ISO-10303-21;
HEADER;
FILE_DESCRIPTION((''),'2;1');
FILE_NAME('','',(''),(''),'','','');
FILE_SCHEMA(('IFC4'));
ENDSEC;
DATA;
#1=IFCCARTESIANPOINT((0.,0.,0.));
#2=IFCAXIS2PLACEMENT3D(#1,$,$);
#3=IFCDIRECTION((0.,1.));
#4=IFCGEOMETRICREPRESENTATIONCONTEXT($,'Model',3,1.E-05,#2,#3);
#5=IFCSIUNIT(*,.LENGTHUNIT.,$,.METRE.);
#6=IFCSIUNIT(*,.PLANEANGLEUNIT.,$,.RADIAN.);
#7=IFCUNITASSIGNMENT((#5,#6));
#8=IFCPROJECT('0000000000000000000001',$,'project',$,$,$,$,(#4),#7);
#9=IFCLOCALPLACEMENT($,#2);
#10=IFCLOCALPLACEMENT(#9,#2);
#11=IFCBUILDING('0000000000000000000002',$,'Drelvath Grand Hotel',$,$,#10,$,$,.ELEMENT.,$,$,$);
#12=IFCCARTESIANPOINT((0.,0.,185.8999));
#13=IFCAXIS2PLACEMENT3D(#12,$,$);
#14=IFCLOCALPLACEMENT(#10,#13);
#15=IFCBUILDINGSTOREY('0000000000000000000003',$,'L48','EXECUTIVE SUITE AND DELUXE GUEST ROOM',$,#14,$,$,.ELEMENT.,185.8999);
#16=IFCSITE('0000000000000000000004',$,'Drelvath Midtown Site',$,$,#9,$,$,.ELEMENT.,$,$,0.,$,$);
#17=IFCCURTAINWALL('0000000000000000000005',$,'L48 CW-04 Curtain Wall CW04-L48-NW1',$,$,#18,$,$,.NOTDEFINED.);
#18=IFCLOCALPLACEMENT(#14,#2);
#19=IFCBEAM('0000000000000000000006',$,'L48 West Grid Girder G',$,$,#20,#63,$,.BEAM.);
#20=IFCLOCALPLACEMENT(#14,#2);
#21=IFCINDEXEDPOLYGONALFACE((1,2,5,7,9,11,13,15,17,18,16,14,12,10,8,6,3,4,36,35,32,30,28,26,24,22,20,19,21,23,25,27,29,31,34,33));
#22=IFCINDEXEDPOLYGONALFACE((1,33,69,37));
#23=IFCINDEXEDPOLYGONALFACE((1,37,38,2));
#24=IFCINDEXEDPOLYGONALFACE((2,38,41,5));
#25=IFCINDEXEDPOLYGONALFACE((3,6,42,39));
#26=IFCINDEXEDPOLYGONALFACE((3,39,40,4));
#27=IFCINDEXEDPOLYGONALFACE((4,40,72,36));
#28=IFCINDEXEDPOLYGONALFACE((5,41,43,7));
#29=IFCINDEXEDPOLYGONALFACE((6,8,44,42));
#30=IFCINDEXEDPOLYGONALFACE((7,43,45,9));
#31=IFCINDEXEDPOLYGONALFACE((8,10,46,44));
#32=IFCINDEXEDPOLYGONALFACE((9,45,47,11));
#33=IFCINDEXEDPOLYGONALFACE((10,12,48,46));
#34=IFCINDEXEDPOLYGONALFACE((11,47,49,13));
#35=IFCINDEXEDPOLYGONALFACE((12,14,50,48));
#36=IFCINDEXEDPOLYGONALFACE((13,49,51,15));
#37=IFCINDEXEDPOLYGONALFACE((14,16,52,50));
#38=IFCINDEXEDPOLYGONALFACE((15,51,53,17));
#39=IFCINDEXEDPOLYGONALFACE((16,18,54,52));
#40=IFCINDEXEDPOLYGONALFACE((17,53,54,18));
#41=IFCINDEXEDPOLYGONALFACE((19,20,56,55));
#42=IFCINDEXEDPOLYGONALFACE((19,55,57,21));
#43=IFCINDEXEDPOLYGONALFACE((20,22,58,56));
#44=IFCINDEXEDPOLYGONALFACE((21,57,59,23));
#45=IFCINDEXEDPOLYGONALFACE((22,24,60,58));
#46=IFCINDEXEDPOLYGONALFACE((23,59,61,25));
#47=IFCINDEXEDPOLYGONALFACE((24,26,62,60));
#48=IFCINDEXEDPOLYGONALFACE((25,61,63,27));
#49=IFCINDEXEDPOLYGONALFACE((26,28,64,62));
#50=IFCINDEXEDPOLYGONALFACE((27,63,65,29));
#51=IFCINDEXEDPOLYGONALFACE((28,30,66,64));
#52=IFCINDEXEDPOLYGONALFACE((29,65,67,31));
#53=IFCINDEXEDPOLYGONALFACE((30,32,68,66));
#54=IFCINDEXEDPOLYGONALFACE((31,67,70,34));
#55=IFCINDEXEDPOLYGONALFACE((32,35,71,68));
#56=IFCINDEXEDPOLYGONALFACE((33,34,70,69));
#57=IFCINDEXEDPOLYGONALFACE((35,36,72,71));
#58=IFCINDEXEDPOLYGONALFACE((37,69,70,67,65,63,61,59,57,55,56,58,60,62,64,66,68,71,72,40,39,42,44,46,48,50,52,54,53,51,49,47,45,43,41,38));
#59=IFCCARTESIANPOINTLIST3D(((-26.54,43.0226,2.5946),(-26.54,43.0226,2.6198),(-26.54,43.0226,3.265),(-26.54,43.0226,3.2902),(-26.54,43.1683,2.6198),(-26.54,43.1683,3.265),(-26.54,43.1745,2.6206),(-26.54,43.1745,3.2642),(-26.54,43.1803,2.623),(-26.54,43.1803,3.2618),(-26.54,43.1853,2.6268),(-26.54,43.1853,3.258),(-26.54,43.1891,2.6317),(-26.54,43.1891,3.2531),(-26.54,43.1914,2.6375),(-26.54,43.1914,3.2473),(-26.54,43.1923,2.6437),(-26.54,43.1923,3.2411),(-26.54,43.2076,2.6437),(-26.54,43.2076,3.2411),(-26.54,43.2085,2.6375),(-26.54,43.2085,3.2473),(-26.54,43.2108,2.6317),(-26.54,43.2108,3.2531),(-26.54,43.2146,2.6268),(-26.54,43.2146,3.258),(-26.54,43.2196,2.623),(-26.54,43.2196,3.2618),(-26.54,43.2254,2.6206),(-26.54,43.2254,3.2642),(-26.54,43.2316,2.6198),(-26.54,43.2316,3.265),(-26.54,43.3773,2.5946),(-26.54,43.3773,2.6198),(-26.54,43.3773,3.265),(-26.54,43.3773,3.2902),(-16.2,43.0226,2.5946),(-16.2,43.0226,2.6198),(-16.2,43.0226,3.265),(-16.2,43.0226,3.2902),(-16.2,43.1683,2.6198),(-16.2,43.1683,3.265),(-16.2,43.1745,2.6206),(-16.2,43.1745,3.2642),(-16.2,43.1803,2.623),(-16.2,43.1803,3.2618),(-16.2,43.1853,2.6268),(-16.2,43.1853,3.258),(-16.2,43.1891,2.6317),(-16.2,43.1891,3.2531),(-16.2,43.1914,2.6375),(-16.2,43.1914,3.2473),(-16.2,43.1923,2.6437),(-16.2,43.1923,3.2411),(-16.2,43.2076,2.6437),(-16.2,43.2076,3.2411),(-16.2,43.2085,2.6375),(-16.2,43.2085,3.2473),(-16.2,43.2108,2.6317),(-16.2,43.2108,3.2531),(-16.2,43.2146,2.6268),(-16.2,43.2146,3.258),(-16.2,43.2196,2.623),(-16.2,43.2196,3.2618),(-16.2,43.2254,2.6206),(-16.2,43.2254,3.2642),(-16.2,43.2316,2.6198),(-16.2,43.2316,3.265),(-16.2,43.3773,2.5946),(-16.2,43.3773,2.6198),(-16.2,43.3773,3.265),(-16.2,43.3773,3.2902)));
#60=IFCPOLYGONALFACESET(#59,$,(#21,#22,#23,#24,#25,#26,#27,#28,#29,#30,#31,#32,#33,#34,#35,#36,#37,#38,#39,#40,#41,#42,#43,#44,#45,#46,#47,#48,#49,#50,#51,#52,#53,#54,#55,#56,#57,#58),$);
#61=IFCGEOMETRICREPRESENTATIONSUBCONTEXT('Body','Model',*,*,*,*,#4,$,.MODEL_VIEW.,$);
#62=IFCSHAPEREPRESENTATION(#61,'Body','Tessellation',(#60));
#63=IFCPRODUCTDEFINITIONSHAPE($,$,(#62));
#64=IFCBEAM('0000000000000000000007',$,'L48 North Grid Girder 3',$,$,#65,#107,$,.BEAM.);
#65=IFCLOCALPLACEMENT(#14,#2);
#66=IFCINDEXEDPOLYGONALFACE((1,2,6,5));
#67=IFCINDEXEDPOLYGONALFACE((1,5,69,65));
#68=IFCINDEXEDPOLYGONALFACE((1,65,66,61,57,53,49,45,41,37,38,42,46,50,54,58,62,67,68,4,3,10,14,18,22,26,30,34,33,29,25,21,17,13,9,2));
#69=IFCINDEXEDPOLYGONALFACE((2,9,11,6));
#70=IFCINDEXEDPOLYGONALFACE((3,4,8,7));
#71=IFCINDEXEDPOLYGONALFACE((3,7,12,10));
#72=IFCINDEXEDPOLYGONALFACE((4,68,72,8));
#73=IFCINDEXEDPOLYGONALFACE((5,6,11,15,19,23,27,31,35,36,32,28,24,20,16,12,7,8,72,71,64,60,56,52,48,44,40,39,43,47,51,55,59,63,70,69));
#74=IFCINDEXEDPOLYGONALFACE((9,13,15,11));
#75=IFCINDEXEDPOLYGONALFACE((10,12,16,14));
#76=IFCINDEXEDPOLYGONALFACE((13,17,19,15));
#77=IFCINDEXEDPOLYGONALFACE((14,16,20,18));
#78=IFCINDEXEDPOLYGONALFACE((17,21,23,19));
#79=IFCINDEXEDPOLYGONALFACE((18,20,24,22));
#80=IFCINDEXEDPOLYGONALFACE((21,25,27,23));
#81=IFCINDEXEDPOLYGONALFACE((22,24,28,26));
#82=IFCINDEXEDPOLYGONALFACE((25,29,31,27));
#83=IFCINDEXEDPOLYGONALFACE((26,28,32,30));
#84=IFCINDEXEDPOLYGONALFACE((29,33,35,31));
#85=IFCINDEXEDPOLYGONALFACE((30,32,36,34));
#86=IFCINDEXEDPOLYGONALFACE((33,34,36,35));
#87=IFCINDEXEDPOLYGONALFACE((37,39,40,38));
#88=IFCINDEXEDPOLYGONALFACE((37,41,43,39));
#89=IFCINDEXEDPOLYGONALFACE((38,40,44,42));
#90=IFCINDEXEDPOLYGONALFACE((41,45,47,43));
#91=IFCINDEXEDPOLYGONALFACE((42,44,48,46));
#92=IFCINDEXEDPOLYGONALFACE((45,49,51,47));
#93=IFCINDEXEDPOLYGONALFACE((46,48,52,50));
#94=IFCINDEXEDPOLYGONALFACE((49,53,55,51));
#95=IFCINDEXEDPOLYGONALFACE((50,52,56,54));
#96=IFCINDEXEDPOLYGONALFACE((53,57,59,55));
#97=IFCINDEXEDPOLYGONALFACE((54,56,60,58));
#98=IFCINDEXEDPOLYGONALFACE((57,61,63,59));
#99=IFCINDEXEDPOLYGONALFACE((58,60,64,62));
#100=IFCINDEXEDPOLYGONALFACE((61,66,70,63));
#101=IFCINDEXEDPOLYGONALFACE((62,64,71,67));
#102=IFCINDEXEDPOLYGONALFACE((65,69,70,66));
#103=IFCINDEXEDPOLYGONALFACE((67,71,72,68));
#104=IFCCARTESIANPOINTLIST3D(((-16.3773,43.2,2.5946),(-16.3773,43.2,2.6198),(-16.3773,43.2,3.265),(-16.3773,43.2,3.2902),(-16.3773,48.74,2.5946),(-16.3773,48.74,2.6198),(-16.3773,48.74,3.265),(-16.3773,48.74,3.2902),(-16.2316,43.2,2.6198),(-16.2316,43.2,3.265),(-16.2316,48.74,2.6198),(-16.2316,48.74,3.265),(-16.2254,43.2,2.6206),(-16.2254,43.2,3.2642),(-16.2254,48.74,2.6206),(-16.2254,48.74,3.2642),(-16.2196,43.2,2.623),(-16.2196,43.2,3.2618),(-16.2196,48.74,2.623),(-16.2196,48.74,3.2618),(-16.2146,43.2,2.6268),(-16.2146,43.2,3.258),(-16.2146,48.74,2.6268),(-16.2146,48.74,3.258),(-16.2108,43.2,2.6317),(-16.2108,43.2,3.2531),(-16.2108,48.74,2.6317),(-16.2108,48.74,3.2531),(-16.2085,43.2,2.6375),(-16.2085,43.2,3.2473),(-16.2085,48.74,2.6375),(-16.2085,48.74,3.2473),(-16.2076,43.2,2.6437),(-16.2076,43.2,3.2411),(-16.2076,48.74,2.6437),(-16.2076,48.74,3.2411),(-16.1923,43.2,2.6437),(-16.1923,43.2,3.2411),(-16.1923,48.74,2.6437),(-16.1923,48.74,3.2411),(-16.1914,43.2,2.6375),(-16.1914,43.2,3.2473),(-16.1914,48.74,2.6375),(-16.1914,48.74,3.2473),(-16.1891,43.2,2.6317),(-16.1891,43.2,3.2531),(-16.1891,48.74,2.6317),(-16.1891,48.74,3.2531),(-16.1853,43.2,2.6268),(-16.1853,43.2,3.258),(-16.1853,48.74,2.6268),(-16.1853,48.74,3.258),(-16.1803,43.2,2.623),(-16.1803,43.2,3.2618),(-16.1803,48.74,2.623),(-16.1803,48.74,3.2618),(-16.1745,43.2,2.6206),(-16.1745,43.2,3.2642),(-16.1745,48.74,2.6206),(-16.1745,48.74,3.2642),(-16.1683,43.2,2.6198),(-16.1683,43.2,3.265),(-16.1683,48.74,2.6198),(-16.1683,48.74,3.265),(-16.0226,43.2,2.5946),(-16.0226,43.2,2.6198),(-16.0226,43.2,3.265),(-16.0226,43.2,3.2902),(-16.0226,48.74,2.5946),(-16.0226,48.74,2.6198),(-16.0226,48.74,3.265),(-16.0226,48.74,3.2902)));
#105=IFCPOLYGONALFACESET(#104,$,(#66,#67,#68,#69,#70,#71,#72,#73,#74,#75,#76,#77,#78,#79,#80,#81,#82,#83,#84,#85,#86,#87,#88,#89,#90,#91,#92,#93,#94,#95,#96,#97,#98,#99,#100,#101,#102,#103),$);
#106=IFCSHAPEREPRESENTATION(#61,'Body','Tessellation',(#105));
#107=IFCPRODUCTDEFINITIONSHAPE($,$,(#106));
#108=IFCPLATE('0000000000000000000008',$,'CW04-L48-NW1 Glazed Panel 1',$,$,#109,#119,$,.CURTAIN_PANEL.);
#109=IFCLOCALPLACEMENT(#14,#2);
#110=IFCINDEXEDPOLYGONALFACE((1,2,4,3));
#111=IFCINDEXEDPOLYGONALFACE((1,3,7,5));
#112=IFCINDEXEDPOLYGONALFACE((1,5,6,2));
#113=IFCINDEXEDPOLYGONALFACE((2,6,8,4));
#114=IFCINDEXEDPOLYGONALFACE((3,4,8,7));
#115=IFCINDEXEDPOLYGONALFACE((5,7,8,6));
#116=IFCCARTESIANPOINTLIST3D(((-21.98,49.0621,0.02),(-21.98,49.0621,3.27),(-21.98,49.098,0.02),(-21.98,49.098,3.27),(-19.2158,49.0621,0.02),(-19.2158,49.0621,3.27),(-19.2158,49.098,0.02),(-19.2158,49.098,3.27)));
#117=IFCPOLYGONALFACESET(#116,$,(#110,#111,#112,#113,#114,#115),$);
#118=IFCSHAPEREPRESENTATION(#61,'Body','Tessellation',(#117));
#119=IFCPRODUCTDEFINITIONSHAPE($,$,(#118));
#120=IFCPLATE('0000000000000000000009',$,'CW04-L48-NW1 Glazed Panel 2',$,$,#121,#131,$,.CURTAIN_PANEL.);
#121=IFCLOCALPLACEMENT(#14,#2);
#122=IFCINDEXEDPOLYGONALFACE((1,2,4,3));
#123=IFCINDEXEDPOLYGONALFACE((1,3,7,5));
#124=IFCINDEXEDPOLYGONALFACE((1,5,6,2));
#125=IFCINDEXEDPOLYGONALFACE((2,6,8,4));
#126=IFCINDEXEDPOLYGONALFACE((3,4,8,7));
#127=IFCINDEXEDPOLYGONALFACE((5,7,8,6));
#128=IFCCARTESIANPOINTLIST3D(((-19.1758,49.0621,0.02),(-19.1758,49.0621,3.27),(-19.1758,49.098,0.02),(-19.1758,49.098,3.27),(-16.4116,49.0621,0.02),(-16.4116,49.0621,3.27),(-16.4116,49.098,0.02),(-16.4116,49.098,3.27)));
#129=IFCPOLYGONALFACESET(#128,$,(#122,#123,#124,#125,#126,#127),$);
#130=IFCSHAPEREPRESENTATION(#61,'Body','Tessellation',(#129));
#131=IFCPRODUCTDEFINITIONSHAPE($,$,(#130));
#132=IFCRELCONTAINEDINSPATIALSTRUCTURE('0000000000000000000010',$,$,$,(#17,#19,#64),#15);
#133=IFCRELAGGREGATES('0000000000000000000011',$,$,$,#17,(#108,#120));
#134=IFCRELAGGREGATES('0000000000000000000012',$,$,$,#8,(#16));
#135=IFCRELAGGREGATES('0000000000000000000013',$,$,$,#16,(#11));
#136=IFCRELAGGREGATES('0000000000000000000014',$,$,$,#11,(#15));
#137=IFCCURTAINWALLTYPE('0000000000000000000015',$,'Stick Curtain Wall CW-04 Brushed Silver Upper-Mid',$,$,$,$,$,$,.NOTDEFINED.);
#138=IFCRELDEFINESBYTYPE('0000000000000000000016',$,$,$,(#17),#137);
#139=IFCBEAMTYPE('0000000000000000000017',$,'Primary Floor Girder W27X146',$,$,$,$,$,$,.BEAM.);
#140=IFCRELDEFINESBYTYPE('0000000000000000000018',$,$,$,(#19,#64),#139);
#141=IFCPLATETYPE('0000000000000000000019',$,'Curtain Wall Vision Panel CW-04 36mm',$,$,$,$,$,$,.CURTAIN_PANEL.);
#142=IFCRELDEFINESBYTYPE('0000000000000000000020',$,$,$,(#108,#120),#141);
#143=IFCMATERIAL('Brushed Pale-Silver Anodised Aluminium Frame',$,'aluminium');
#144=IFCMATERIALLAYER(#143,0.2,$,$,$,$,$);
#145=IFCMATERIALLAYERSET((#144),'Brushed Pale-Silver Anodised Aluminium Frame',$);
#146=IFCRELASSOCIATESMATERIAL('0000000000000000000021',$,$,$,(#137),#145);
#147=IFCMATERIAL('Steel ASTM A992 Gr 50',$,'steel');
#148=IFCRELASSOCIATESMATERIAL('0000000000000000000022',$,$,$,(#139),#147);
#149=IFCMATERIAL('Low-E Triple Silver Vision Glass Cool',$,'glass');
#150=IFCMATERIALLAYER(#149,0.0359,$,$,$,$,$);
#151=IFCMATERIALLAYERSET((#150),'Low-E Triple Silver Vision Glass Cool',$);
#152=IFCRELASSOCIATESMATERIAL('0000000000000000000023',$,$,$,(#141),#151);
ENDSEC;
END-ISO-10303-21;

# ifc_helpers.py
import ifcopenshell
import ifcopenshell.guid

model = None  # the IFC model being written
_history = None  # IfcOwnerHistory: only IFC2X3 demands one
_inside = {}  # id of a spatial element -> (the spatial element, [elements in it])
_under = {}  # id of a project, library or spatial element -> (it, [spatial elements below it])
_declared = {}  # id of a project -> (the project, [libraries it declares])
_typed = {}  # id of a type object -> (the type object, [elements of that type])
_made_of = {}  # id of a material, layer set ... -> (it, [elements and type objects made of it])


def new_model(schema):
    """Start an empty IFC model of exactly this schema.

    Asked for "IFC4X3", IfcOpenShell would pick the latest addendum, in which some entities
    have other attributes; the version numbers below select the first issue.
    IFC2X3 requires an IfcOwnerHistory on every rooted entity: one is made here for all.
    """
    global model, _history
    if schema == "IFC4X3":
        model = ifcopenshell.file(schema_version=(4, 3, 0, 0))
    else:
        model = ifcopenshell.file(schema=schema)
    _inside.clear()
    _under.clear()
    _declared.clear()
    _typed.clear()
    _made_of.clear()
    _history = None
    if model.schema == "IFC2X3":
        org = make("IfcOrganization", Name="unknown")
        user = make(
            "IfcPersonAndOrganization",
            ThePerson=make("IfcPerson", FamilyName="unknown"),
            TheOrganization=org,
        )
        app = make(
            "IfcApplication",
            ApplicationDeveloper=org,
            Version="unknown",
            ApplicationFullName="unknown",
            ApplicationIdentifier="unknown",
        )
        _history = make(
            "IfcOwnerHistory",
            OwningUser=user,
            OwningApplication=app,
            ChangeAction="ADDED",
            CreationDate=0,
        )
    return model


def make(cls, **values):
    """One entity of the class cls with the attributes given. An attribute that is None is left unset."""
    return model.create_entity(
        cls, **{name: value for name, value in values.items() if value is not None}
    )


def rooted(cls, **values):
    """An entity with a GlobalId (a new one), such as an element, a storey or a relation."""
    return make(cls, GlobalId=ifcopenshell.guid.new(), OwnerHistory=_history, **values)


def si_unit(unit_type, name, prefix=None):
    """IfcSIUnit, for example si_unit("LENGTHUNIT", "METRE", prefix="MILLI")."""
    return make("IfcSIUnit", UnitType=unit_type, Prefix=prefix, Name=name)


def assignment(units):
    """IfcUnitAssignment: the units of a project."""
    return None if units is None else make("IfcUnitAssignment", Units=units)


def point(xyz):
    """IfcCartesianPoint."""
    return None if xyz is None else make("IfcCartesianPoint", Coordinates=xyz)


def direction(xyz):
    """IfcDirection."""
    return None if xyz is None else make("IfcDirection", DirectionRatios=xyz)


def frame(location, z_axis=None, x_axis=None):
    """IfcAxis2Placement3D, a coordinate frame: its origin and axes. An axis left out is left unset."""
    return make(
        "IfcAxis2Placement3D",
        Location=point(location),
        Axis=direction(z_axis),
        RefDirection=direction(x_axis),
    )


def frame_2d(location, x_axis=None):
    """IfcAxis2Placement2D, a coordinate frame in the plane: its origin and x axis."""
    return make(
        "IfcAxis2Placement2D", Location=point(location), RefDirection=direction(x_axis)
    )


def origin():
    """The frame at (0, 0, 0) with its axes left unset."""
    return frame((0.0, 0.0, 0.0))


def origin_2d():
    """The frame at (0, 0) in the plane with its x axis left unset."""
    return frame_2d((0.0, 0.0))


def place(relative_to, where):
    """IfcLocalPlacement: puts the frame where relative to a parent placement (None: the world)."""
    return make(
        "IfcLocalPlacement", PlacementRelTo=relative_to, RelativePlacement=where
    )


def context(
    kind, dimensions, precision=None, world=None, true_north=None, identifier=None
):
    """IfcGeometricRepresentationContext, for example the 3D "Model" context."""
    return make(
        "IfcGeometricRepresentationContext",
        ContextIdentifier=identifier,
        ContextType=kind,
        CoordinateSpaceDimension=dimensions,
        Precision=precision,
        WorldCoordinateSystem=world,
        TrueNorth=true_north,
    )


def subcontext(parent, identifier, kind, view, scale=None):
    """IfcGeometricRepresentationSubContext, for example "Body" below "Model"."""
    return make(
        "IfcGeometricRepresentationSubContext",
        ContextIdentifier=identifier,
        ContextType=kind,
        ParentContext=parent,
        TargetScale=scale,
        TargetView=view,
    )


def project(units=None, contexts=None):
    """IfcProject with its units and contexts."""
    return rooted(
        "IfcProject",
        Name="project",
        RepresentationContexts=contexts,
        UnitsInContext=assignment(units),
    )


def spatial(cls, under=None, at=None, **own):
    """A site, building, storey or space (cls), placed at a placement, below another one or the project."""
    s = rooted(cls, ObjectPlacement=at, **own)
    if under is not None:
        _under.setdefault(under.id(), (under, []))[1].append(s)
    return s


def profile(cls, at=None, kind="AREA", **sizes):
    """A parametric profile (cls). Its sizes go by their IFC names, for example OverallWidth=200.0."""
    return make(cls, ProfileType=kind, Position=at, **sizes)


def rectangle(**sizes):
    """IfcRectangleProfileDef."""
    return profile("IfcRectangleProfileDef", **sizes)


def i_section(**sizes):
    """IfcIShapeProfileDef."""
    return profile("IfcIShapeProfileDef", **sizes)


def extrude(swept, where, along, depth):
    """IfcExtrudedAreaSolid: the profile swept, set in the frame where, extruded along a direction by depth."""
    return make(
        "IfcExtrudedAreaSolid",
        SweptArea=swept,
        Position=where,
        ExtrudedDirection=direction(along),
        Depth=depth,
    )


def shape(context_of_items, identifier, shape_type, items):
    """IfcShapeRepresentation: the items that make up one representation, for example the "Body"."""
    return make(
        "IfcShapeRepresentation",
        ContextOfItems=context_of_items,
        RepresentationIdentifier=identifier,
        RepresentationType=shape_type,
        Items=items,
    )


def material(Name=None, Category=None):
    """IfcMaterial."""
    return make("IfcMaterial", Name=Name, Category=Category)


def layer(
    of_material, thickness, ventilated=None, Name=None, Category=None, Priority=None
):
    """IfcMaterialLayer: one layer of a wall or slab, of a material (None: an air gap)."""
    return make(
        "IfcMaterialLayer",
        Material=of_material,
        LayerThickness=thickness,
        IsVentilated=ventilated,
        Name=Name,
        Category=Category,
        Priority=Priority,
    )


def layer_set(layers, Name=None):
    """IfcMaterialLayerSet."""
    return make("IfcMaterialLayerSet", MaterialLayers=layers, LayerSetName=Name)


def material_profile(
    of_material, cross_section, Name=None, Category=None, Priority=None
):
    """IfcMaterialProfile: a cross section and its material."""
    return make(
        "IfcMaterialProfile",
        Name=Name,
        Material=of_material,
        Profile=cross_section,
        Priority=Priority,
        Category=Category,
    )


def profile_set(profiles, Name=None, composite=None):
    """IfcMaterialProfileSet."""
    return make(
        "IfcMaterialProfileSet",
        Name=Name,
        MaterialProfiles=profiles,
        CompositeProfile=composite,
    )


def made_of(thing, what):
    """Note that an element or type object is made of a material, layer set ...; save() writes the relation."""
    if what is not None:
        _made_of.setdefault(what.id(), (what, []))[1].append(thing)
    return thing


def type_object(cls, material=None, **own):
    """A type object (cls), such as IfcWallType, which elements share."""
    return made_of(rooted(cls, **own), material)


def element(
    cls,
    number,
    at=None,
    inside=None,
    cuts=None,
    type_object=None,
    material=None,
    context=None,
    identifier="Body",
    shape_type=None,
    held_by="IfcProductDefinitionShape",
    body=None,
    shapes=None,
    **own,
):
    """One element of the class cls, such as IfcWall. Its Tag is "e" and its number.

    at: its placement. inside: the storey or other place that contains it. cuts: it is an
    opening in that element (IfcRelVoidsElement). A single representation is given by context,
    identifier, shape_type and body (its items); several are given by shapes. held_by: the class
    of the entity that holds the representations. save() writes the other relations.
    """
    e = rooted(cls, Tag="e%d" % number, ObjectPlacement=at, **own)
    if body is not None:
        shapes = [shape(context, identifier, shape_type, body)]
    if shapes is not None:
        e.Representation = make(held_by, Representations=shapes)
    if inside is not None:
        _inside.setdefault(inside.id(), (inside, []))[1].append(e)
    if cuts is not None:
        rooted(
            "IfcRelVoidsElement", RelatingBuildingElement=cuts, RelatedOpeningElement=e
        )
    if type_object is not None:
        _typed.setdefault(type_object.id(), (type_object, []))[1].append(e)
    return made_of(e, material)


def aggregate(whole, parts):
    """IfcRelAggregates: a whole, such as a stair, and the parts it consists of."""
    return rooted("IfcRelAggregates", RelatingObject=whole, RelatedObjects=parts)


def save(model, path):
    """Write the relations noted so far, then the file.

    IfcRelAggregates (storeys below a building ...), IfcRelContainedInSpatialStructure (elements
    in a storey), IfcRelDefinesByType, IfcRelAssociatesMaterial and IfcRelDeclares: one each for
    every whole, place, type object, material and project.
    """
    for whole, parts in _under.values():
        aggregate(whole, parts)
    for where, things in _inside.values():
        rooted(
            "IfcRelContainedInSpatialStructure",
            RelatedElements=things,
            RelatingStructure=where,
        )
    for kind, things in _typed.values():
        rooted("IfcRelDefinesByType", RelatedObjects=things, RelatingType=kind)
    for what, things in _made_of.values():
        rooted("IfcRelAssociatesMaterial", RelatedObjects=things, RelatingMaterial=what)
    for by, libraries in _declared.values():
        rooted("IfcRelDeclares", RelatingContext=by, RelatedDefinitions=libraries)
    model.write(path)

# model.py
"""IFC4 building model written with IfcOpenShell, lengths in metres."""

from ifc_helpers import new_model, si_unit, direction, frame, origin, origin_2d, place, context, subcontext, project, spatial, rectangle, i_section, extrude, material, layer, layer_set, material_profile, profile_set, type_object, element, aggregate, save


model = new_model("IFC4")

# Units and contexts
model_context = context("Model", 3, precision=1e-05, world=origin(), true_north=direction((0.0, 1.0)))
body_context = subcontext(model_context, "Body", "Model", "MODEL_VIEW")
ifc_project = project(units=[si_unit("LENGTHUNIT", "METRE"), si_unit("PLANEANGLEUNIT", "RADIAN")], contexts=[model_context])

# Site, building, storey
site_placement = place(None, origin())
site = spatial("IfcSite", under=ifc_project, at=site_placement, Name="Drelvath Midtown Site", CompositionType="ELEMENT", RefElevation=0.0)
building_placement = place(site_placement, origin())
building = spatial("IfcBuilding", under=site, at=building_placement, Name="Drelvath Grand Hotel", CompositionType="ELEMENT")
storey_placement = place(building_placement, frame((0.0, 0.0, 185.8999)))
storey = spatial("IfcBuildingStorey", under=building, at=storey_placement, Name="L48", Description="EXECUTIVE SUITE AND DELUXE GUEST ROOM", CompositionType="ELEMENT", Elevation=185.8999)

# Shared definitions
ifc_material_1 = material(Name="Steel ASTM A992 Gr 50", Category="steel")

# Curtain wall
ifc_material_2 = material(Name="Brushed Pale-Silver Anodised Aluminium Frame", Category="aluminium")
ifc_layer_1 = layer(ifc_material_2, 0.2)
ifc_layer_set_1 = layer_set([ifc_layer_1], Name="Brushed Pale-Silver Anodised Aluminium Frame")
curtain_wall_type = type_object("IfcCurtainWallType", Name="Stick Curtain Wall CW-04 Brushed Silver Upper-Mid", PredefinedType="NOTDEFINED", material=ifc_layer_set_1)
curtain_wall_placement = place(storey_placement, origin())
curtain_wall = element("IfcCurtainWall", 1, at=curtain_wall_placement, inside=storey, type_object=curtain_wall_type, Name="L48 CW-04 Curtain Wall CW04-L48-NW1", PredefinedType="NOTDEFINED")

# Beams
ifc_material_profile_1 = material_profile(ifc_material_1, i_section(OverallWidth=0.3547, OverallDepth=0.6956, WebThickness=0.0154, FlangeThickness=0.0251, FilletRadius=0.0239, at=origin_2d()), Name="W27X146")
ifc_profile_set_1 = profile_set([ifc_material_profile_1], Name="Steel ASTM A992 Gr 50")
beam_type_1 = type_object("IfcBeamType", Name="Primary Floor Girder W27X146", PredefinedType="BEAM", material=ifc_profile_set_1)
beam_1_placement = place(storey_placement, frame((-26.54, 43.2, 2.9424), z_axis=(1.0, 0.0, 0.0), x_axis=(0.0, 1.0, 0.0)))
element("IfcBeam", 2, at=beam_1_placement, inside=storey, type_object=beam_type_1, Name="L48 West Grid Girder G", PredefinedType="BEAM", context=body_context, shape_type="SweptSolid", body=[
    extrude(i_section(OverallWidth=0.3547, OverallDepth=0.6956, WebThickness=0.0154, FlangeThickness=0.0251, FilletRadius=0.0239, at=origin_2d()), origin(), (0.0, 0.0, 1.0), 10.3401),
])
beam_2_placement = place(storey_placement, frame((-16.2, 43.2, 2.9424), z_axis=(0.0, 1.0, 0.0), x_axis=(-1.0, 0.0, 0.0)))
element("IfcBeam", 3, at=beam_2_placement, inside=storey, type_object=beam_type_1, Name="L48 North Grid Girder 3", PredefinedType="BEAM", context=body_context, shape_type="SweptSolid", body=[
    extrude(i_section(OverallWidth=0.3547, OverallDepth=0.6956, WebThickness=0.0154, FlangeThickness=0.0251, FilletRadius=0.0239, at=origin_2d()), origin(), (0.0, 0.0, 1.0), 5.54),
])

# Plates
ifc_material_3 = material(Name="Low-E Triple Silver Vision Glass Cool", Category="glass")
ifc_layer_2 = layer(ifc_material_3, 0.0359)
ifc_layer_set_2 = layer_set([ifc_layer_2], Name="Low-E Triple Silver Vision Glass Cool")
plate_type = type_object("IfcPlateType", Name="Curtain Wall Vision Panel CW-04 36mm", PredefinedType="CURTAIN_PANEL", material=ifc_layer_set_2)
plate_1_placement = place(storey_placement, frame((-20.5979, 49.0801, 0.02), z_axis=(0.0, 0.0, 1.0), x_axis=(1.0, 0.0, 0.0)))
plate_1 = element("IfcPlate", 4, at=plate_1_placement, type_object=plate_type, Name="CW04-L48-NW1 Glazed Panel 1", PredefinedType="CURTAIN_PANEL", context=body_context, shape_type="SweptSolid", body=[
    extrude(rectangle(XDim=2.7642, YDim=0.0359, at=origin_2d()), origin(), (0.0, 0.0, 1.0), 3.25),
])
plate_2_placement = place(storey_placement, frame((-17.7937, 49.0801, 0.02), z_axis=(0.0, 0.0, 1.0), x_axis=(1.0, 0.0, 0.0)))
plate_2 = element("IfcPlate", 5, at=plate_2_placement, type_object=plate_type, Name="CW04-L48-NW1 Glazed Panel 2", PredefinedType="CURTAIN_PANEL", context=body_context, shape_type="SweptSolid", body=[
    extrude(rectangle(XDim=2.7642, YDim=0.0359, at=origin_2d()), origin(), (0.0, 0.0, 1.0), 3.25),
])
aggregate(curtain_wall, [plate_1, plate_2])

save(model, "model.ifc")
